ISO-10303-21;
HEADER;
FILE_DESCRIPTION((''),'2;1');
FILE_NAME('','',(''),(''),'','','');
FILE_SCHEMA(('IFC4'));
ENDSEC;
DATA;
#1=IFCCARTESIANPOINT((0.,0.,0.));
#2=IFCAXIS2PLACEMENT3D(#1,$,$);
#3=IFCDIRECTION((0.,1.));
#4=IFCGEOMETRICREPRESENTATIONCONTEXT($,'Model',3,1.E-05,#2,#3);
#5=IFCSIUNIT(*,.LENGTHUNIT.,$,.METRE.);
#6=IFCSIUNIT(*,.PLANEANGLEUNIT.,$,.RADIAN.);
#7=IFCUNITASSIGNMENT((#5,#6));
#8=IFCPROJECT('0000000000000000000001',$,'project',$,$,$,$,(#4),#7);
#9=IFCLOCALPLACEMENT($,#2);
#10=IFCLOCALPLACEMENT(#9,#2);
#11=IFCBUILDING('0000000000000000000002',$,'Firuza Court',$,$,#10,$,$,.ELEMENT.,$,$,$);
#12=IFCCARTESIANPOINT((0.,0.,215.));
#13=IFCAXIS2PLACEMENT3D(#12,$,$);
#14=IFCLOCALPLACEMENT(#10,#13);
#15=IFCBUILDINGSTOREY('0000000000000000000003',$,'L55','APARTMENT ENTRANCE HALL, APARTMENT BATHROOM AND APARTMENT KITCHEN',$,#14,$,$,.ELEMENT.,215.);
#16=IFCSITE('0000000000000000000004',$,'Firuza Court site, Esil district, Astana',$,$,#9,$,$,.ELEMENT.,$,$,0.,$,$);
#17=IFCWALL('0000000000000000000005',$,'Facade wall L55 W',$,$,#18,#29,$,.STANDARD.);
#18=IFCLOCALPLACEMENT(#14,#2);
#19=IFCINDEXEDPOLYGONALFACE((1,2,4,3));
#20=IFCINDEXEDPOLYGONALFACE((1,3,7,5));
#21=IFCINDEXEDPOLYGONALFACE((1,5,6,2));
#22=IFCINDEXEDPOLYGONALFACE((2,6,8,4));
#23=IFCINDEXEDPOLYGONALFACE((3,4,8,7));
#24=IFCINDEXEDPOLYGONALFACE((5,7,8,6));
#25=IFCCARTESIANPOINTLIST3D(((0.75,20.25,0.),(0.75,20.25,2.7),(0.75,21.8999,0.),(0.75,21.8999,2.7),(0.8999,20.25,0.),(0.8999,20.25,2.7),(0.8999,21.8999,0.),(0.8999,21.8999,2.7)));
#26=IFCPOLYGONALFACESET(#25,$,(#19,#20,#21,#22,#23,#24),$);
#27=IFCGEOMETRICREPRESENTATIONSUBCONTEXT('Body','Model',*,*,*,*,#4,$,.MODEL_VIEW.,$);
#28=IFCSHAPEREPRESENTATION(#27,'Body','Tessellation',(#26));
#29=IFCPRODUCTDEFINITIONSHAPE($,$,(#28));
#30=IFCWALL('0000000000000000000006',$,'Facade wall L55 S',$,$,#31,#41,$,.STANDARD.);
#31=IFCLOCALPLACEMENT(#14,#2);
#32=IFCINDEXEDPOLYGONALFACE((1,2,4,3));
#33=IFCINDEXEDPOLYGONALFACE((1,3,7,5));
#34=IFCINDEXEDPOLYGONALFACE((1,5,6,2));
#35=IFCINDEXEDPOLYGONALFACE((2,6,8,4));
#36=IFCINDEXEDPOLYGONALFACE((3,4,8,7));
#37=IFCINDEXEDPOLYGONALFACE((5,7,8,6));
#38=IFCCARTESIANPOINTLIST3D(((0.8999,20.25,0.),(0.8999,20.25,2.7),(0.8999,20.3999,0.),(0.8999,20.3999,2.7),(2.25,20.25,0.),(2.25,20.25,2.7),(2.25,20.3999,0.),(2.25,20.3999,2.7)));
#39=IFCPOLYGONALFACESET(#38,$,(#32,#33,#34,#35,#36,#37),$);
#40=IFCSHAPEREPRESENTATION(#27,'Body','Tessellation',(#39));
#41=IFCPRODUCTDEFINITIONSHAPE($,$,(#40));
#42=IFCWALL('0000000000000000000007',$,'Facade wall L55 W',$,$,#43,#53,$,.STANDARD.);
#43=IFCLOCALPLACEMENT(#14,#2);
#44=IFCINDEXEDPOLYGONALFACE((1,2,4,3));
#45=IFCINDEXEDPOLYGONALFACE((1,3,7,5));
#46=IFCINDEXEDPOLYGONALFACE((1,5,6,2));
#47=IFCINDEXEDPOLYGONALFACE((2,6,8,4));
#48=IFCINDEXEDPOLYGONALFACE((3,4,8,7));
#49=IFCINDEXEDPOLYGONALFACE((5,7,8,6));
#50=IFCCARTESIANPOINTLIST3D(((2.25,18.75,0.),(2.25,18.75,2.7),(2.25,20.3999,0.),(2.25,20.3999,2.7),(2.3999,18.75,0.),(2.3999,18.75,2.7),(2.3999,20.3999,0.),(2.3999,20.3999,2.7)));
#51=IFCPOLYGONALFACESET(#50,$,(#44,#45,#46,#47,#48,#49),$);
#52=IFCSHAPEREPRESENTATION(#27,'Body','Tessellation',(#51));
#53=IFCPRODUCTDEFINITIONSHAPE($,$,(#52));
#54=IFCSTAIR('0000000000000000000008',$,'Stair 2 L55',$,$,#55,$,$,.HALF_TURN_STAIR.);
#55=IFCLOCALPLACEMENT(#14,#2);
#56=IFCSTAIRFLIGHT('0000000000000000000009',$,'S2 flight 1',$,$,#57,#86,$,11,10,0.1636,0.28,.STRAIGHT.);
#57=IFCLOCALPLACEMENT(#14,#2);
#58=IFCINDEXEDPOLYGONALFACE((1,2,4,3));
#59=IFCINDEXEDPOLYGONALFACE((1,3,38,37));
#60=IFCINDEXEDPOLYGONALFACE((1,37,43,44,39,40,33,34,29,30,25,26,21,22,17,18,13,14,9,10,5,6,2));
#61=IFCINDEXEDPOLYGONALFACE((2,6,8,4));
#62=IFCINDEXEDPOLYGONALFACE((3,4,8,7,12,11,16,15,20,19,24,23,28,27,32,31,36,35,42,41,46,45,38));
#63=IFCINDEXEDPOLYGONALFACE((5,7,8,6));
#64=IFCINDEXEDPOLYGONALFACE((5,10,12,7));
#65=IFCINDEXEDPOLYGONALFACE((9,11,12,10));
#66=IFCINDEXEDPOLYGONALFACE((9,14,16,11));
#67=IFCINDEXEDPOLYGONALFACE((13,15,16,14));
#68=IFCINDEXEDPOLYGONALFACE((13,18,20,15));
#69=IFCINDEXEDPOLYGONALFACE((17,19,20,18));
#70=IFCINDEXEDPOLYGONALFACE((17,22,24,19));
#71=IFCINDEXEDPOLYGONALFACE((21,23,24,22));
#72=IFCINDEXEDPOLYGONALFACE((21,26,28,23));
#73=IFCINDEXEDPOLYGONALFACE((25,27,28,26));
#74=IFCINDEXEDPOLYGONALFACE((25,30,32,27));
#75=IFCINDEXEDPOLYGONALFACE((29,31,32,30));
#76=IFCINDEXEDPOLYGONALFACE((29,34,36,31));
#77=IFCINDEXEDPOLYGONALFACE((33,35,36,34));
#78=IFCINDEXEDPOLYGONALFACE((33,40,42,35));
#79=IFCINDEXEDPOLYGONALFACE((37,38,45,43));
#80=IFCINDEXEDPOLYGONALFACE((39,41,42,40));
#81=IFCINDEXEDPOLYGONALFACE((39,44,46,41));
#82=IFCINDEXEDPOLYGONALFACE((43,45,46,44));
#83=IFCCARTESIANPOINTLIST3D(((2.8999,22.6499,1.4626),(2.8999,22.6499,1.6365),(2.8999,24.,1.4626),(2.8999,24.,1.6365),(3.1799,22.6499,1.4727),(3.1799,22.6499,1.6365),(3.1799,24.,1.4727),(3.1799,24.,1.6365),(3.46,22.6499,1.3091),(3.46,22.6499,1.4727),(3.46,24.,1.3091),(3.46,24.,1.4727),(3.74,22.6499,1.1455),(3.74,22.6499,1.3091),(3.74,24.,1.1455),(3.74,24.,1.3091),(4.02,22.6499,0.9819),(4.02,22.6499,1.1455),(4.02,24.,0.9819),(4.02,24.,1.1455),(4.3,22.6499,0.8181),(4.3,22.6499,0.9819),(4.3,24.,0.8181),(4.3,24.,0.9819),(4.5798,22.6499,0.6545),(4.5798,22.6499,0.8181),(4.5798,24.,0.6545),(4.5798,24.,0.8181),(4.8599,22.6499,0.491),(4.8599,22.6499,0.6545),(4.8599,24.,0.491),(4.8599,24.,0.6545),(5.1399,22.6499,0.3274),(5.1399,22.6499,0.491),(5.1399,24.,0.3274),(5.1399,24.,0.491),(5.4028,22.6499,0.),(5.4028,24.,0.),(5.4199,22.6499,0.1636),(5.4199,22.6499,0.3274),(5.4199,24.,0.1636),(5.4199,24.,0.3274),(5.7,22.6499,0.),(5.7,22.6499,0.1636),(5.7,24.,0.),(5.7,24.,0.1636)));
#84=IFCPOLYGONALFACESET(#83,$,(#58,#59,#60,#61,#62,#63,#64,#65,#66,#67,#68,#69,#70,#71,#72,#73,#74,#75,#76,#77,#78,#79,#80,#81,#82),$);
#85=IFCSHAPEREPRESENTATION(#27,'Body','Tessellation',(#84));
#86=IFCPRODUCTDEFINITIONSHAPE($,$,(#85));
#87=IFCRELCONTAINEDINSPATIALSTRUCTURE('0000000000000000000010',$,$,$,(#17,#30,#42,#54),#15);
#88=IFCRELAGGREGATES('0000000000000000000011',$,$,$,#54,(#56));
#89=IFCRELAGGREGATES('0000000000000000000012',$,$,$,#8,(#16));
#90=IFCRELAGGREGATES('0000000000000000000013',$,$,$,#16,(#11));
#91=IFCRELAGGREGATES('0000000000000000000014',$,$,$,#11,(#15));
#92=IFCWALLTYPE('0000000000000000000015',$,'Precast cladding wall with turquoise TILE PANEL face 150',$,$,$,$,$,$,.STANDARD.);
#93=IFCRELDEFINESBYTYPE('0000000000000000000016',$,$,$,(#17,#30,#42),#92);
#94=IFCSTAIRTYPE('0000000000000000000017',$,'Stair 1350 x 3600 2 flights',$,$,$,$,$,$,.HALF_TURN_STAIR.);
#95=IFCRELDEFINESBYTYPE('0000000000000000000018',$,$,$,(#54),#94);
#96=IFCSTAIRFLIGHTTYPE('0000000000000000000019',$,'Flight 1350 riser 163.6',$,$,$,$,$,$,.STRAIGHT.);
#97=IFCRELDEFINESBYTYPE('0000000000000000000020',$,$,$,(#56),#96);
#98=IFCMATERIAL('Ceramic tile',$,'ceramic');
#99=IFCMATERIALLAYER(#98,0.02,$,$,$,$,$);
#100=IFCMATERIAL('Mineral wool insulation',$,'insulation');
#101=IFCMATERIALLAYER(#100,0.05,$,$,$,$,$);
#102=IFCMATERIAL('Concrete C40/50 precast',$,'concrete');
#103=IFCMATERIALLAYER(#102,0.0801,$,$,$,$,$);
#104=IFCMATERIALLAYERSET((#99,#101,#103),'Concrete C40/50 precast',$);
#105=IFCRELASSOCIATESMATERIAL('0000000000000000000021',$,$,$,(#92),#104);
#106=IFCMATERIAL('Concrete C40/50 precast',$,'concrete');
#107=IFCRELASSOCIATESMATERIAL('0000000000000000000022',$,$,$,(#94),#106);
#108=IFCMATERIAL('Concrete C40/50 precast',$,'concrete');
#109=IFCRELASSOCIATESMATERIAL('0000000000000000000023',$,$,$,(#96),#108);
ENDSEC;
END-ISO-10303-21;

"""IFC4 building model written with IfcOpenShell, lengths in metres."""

from ifc_helpers import new_model, si_unit, direction, frame, frame_2d, origin, place, context, subcontext, project, spatial, polyline, rectangle, outline, extrude, material, layer, layer_set, type_object, element, aggregate, save


model = new_model("IFC4")

# Units and contexts
model_context = context("Model", 3, precision=1e-05, world=origin(), true_north=direction((0.0, 1.0)))
body_context = subcontext(model_context, "Body", "Model", "MODEL_VIEW")
ifc_project = project(units=[si_unit("LENGTHUNIT", "METRE"), si_unit("PLANEANGLEUNIT", "RADIAN")], contexts=[model_context])

# Site, building, storey
site_placement = place(None, origin())
site = spatial("IfcSite", under=ifc_project, at=site_placement, Name="Firuza Court site, Esil district, Astana", CompositionType="ELEMENT", RefElevation=0.0)
building_placement = place(site_placement, origin())
building = spatial("IfcBuilding", under=site, at=building_placement, Name="Firuza Court", CompositionType="ELEMENT")
storey_placement = place(building_placement, frame((0.0, 0.0, 215.0)))
storey = spatial("IfcBuildingStorey", under=building, at=storey_placement, Name="L55", Description="APARTMENT ENTRANCE HALL, APARTMENT BATHROOM AND APARTMENT KITCHEN", CompositionType="ELEMENT", Elevation=215.0)

# Walls
ifc_material_1 = material(Name="Ceramic tile", Category="ceramic")
ifc_layer_1 = layer(ifc_material_1, 0.02)
ifc_material_2 = material(Name="Mineral wool insulation", Category="insulation")
ifc_layer_2 = layer(ifc_material_2, 0.05)
ifc_material_3 = material(Name="Concrete C40/50 precast", Category="concrete")
ifc_layer_3 = layer(ifc_material_3, 0.0801)
ifc_layer_set_1 = layer_set([ifc_layer_1, ifc_layer_2, ifc_layer_3], Name="Concrete C40/50 precast")
wall_type_1 = type_object("IfcWallType", Name="Precast cladding wall with turquoise TILE PANEL face 150", PredefinedType="STANDARD", material=ifc_layer_set_1)
wall_1_placement = place(storey_placement, frame((0.825, 21.8999, 0.0), z_axis=(0.0, 0.0, 1.0), x_axis=(0.0, -1.0, 0.0)))
element("IfcWall", 1, at=wall_1_placement, inside=storey, type_object=wall_type_1, Name="Facade wall L55 W", PredefinedType="STANDARD", context=body_context, shape_type="SweptSolid", body=[
    extrude(rectangle(XDim=1.6499, YDim=0.1499, at=frame_2d((0.825, 0.0))), origin(), (0.0, 0.0, 1.0), 2.7),
])
wall_2_placement = place(storey_placement, frame((0.8999, 20.325, 0.0), z_axis=(0.0, 0.0, 1.0), x_axis=(1.0, 0.0, 0.0)))
element("IfcWall", 2, at=wall_2_placement, inside=storey, type_object=wall_type_1, Name="Facade wall L55 S", PredefinedType="STANDARD", context=body_context, shape_type="SweptSolid", body=[
    extrude(rectangle(XDim=1.3501, YDim=0.1499, at=frame_2d((0.675, 0.0))), origin(), (0.0, 0.0, 1.0), 2.7),
])
wall_3_placement = place(storey_placement, frame((2.325, 20.3999, 0.0), z_axis=(0.0, 0.0, 1.0), x_axis=(0.0, -1.0, 0.0)))
element("IfcWall", 3, at=wall_3_placement, inside=storey, type_object=wall_type_1, Name="Facade wall L55 W", PredefinedType="STANDARD", context=body_context, shape_type="SweptSolid", body=[
    extrude(rectangle(XDim=1.6499, YDim=0.1499, at=frame_2d((0.825, 0.0))), origin(), (0.0, 0.0, 1.0), 2.7),
])

# Stair, stair flight
ifc_material_4 = material(Name="Concrete C40/50 precast", Category="concrete")
stair_type = type_object("IfcStairType", Name="Stair 1350 x 3600 2 flights", PredefinedType="HALF_TURN_STAIR", material=ifc_material_4)
stair_placement = place(storey_placement, origin())
stair = element("IfcStair", 4, at=stair_placement, inside=storey, type_object=stair_type, Name="Stair 2 L55", PredefinedType="HALF_TURN_STAIR")
ifc_material_5 = material(Name="Concrete C40/50 precast", Category="concrete")
stair_flight_type = type_object("IfcStairFlightType", Name="Flight 1350 riser 163.6", PredefinedType="STRAIGHT", material=ifc_material_5)
stair_flight_placement = place(storey_placement, frame((5.7, 23.325, 0.0), z_axis=(0.0, 0.0, 1.0), x_axis=(-1.0, 0.0, 0.0)))
stair_flight = element("IfcStairFlight", 5, at=stair_flight_placement, type_object=stair_flight_type, Name="S2 flight 1", NumberOfRisers=11, NumberOfTreads=10, PredefinedType="STRAIGHT", RiserHeight=0.1636, TreadLength=0.28, context=body_context, shape_type="SweptSolid", body=[
    extrude(outline(polyline([(0.0, 0.0), (0.0, 0.1636), (0.28, 0.1636), (0.28, 0.3274), (0.5601, 0.3274), (0.5601, 0.491), (0.8401, 0.491), (0.8401, 0.6545), (1.1201, 0.6545), (1.1201, 0.8181), (1.3999, 0.8181), (1.3999, 0.9819), (1.6799, 0.9819), (1.6799, 1.1455), (1.96, 1.1455), (1.96, 1.3091), (2.24, 1.3091), (2.24, 1.4727), (2.52, 1.4727), (2.52, 1.6365), (2.8, 1.6365), (2.8, 1.8), (2.8, 1.4626), (0.2971, 0.0), (0.0, 0.0)])), frame((0.0, 0.675, 0.0), z_axis=(0.0, -1.0, 0.0), x_axis=(1.0, 0.0, 0.0)), (0.0, 0.0, 1.0), 1.3501),
])
aggregate(stair, [stair_flight])

save(model, "model.ifc")
